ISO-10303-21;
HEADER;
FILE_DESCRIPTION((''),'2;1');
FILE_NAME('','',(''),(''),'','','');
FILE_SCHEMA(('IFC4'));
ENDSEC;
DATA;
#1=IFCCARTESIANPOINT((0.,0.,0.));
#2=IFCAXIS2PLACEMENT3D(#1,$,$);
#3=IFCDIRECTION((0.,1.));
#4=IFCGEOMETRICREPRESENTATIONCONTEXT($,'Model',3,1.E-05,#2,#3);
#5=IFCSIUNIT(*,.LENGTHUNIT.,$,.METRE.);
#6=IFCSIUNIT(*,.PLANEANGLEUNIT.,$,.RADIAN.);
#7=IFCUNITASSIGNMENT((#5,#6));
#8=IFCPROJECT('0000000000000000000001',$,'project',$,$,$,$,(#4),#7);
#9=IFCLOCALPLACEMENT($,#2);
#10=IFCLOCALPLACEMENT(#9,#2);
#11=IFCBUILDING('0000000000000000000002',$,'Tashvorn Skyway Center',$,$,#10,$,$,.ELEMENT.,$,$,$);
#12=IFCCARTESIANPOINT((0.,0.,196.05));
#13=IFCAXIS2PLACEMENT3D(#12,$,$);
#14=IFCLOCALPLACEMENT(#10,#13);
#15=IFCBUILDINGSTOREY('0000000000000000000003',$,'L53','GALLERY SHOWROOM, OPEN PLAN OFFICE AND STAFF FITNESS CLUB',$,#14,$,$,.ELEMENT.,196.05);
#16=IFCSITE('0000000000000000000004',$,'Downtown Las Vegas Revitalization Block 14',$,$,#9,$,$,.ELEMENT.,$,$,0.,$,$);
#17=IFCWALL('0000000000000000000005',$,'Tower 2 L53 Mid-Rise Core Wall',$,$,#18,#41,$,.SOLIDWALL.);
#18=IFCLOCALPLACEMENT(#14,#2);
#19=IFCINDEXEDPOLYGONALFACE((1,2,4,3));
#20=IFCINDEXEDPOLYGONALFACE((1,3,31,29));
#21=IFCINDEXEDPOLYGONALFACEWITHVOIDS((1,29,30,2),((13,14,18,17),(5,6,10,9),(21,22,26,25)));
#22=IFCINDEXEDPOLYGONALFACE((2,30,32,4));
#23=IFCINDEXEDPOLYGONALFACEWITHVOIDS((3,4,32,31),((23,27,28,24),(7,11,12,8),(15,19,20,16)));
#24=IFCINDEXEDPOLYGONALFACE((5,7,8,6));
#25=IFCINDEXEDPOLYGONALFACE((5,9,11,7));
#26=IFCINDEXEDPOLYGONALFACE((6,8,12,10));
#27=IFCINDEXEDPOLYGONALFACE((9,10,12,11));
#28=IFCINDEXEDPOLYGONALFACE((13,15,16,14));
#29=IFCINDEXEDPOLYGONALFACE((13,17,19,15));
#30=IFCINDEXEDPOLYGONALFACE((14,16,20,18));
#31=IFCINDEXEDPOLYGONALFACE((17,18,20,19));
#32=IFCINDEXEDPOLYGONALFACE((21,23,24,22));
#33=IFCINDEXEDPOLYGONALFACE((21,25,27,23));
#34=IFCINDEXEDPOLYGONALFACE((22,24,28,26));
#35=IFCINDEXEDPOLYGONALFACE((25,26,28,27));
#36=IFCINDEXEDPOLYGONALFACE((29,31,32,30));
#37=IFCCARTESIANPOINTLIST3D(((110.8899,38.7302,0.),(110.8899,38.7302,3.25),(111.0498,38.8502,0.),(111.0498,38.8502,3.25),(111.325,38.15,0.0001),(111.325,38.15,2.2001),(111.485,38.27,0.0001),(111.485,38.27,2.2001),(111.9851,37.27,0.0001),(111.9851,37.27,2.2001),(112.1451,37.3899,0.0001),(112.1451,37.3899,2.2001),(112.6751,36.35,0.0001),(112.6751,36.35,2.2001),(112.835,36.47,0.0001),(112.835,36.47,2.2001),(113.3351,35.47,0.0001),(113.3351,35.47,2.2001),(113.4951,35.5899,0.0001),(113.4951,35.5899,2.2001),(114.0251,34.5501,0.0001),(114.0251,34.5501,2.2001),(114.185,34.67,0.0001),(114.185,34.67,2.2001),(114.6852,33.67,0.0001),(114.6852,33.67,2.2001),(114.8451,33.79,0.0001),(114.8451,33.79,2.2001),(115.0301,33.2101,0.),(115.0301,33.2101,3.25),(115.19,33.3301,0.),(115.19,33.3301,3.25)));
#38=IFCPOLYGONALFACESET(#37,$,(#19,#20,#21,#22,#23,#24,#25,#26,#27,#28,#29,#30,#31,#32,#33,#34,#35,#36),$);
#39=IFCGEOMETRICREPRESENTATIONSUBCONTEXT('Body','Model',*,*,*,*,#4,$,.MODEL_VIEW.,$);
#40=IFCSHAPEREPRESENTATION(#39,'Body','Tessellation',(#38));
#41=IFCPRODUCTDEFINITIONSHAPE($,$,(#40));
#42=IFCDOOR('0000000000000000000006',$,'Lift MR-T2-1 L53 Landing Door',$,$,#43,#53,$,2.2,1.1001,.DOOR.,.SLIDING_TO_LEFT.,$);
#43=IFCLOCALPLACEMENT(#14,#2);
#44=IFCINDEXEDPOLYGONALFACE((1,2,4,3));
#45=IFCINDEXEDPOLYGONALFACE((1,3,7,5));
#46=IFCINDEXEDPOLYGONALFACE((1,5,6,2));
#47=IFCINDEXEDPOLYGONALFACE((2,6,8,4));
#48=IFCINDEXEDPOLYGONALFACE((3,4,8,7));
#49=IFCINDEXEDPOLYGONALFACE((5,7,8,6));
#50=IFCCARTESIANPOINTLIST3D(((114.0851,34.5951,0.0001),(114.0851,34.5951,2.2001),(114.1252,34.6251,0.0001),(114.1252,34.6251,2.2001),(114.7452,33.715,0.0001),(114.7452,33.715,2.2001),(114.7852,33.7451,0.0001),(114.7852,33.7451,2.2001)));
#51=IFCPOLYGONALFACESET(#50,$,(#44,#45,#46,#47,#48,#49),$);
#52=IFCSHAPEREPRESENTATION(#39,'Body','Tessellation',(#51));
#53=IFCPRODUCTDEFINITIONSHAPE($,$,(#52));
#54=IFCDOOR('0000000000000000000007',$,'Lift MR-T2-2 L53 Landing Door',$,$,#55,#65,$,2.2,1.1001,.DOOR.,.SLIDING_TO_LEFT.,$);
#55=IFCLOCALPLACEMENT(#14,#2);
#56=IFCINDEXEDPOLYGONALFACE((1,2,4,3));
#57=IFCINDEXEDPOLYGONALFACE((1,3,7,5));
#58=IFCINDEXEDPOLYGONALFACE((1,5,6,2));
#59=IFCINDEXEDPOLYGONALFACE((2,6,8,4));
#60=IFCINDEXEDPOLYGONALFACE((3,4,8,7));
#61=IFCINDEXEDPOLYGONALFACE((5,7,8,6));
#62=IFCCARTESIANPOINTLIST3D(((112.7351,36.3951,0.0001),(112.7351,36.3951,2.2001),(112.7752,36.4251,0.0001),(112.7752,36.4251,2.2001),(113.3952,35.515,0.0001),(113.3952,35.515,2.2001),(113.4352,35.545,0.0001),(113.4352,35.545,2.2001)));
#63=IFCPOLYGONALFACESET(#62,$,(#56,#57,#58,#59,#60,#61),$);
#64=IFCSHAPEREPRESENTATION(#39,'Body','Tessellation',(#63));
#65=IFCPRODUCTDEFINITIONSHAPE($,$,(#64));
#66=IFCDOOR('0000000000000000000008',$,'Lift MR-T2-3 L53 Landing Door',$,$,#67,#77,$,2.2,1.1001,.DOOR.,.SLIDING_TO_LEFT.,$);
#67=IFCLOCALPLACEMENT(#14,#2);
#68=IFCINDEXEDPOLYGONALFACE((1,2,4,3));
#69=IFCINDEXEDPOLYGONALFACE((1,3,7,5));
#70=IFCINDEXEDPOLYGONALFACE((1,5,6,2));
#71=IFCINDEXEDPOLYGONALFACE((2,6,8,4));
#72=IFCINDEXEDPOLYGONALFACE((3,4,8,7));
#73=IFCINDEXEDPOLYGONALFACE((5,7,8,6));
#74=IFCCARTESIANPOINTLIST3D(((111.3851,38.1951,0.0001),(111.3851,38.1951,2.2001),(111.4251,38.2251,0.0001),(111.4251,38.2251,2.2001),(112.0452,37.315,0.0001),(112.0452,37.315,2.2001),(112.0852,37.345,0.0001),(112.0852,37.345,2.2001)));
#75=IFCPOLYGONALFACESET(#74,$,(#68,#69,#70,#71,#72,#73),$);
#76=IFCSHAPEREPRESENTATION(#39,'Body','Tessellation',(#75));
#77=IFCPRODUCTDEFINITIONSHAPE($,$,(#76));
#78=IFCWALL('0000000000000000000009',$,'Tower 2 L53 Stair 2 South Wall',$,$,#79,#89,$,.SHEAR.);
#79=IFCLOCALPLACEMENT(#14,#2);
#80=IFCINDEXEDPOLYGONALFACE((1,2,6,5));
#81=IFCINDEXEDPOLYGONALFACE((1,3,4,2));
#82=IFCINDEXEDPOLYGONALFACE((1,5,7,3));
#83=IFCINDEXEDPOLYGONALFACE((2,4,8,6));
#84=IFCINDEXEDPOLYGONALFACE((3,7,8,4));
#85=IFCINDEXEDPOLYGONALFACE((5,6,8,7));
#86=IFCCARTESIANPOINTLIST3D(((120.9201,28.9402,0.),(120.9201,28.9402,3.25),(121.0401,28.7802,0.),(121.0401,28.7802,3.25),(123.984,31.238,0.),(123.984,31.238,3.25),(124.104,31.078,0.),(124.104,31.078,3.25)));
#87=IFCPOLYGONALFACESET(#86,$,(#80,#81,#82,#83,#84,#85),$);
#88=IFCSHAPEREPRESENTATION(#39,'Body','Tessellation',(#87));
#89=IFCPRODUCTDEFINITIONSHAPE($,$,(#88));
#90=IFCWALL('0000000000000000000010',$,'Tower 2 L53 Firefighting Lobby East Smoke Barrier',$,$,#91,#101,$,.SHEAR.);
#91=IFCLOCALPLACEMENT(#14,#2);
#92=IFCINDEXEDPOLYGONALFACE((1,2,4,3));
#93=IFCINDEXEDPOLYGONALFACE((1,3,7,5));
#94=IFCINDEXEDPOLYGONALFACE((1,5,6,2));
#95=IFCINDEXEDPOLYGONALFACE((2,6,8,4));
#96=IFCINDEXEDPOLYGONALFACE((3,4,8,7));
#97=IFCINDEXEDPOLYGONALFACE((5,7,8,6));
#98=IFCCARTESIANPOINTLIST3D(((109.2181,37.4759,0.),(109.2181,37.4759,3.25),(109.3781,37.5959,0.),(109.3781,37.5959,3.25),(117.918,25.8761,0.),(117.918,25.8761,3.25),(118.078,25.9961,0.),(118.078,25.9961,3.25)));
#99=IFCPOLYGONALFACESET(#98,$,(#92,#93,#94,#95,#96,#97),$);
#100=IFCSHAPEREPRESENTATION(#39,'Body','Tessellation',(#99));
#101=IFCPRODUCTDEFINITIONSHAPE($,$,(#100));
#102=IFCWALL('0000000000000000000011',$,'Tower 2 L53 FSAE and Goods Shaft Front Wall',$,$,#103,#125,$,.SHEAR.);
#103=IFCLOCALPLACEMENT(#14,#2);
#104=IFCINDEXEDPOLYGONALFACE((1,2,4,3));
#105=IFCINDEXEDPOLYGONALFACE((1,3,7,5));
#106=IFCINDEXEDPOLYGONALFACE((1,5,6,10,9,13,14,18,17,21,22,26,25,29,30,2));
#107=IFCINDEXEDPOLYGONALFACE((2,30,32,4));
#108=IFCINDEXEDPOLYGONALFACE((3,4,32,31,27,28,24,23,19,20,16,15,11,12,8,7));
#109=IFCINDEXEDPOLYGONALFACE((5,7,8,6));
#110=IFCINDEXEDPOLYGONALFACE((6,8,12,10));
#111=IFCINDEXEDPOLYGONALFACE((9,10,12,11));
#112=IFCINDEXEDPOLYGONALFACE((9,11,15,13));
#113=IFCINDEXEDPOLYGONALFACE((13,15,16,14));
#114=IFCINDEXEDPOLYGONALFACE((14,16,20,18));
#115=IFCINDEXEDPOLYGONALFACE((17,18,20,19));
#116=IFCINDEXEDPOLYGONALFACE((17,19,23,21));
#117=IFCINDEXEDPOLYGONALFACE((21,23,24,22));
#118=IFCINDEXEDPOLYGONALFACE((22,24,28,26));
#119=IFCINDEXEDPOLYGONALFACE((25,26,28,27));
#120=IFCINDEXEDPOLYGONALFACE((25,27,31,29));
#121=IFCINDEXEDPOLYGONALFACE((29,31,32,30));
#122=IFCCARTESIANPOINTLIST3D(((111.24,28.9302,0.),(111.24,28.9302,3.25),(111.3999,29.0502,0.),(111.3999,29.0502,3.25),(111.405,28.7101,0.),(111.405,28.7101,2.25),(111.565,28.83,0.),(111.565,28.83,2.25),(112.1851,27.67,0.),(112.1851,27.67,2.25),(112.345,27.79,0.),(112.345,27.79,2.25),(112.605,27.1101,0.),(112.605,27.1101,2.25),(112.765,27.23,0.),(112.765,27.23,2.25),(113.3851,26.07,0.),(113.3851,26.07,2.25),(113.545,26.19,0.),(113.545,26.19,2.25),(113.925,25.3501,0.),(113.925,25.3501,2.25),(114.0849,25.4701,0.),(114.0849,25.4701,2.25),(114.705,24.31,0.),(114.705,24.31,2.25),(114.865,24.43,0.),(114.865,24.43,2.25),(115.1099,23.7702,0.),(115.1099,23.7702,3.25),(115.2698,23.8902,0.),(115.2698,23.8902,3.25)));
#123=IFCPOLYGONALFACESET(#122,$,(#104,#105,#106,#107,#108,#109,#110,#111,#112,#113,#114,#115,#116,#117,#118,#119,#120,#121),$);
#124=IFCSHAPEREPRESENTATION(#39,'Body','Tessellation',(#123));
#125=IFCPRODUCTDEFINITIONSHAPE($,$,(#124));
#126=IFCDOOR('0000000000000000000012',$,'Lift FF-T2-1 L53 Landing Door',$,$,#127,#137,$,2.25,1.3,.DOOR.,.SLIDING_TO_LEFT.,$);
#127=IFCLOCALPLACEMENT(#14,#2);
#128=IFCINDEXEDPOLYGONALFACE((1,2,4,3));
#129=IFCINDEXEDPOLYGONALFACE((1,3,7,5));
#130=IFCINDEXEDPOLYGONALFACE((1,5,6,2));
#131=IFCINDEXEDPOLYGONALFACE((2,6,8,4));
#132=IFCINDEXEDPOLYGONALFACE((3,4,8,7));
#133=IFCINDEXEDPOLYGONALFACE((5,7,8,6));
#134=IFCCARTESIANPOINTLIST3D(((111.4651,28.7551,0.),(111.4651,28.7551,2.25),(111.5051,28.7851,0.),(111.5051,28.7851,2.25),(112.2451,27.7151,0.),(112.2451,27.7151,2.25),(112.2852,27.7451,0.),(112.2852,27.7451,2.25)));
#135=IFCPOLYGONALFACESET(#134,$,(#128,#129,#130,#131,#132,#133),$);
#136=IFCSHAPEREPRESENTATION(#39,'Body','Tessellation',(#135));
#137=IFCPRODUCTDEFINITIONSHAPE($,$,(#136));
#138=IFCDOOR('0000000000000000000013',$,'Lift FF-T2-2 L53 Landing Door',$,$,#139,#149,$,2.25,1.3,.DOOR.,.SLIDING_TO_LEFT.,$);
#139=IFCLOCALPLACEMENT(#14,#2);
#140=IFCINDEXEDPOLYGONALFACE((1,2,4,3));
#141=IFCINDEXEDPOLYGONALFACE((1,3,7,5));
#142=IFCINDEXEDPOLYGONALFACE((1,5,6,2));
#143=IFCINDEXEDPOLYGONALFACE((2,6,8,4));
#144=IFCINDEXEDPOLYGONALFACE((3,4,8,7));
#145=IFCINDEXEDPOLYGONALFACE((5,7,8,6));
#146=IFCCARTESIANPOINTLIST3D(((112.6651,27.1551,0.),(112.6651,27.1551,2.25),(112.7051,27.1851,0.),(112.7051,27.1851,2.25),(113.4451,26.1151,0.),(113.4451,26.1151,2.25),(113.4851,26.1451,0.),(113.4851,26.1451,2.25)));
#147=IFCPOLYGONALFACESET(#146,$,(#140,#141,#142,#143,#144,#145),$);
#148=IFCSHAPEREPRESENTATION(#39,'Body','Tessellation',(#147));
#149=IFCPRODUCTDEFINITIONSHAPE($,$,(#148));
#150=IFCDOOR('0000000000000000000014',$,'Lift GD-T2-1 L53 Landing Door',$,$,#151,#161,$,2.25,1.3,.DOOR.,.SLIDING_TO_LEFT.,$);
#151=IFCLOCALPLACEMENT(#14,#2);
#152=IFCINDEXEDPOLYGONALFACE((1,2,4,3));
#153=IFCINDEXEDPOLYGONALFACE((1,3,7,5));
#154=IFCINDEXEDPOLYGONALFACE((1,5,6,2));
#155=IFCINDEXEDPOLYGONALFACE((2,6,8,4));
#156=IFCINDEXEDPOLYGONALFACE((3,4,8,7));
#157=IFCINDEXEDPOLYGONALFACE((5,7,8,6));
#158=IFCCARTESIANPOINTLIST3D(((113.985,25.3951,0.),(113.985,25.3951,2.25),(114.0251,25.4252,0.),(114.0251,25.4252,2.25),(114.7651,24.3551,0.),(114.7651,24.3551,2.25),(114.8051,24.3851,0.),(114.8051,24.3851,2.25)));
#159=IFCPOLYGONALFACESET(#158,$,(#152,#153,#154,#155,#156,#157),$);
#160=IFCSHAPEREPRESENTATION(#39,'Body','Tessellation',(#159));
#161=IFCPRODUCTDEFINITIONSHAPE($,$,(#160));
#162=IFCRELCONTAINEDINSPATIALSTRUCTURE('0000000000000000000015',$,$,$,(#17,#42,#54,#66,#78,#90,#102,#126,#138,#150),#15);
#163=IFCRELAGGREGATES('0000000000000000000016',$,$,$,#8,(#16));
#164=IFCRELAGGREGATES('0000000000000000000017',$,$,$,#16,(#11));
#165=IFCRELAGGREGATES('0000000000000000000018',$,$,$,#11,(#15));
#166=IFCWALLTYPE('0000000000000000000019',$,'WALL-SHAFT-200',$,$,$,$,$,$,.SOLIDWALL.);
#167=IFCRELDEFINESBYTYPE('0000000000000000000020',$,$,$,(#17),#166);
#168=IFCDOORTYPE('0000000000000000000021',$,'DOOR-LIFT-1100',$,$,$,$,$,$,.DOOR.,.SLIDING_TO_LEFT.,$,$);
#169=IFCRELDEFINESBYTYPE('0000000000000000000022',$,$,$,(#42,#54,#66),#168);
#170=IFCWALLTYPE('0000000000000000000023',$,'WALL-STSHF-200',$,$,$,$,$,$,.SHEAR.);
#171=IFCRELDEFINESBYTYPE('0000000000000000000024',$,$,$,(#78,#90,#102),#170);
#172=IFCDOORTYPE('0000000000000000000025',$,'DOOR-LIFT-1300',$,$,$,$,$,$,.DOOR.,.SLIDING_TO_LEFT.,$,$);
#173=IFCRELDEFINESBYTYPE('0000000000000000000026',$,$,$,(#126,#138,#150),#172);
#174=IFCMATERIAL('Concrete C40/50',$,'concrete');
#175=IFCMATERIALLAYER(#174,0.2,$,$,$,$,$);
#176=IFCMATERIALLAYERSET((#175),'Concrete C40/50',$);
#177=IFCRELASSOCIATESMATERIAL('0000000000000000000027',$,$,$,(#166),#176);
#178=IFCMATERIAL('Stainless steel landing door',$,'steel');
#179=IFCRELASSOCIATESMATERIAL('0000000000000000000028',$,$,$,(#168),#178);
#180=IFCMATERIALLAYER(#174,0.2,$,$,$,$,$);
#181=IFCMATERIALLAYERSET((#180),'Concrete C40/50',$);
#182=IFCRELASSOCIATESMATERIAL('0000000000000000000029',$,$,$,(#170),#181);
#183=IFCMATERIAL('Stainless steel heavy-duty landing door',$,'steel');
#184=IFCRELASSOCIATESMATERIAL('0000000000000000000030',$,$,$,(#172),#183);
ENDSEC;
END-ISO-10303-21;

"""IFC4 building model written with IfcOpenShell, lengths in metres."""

from ifc_helpers import new_model, si_unit, direction, frame, frame_2d, origin, place, context, subcontext, project, spatial, rectangle, extrude, material, layer, layer_set, type_object, element, fill, save


model = new_model("IFC4")

# Units and contexts
model_context = context("Model", 3, precision=1e-05, world=origin(), true_north=direction((0.0, 1.0)))
body_context = subcontext(model_context, "Body", "Model", "MODEL_VIEW")
ifc_project = project(units=[si_unit("LENGTHUNIT", "METRE"), si_unit("PLANEANGLEUNIT", "RADIAN")], contexts=[model_context])

# Site, building, storey
site_placement = place(None, origin())
site = spatial("IfcSite", under=ifc_project, at=site_placement, Name="Downtown Las Vegas Revitalization Block 14", CompositionType="ELEMENT", RefElevation=0.0)
building_placement = place(site_placement, origin())
building = spatial("IfcBuilding", under=site, at=building_placement, Name="Tashvorn Skyway Center", CompositionType="ELEMENT")
storey_placement = place(building_placement, frame((0.0, 0.0, 196.05)))
storey = spatial("IfcBuildingStorey", under=building, at=storey_placement, Name="L53", Description="GALLERY SHOWROOM, OPEN PLAN OFFICE AND STAFF FITNESS CLUB", CompositionType="ELEMENT", Elevation=196.05)

# Shared definitions
ifc_material_1 = material(Name="Concrete C40/50", Category="concrete")

# Wall, openings, doors
ifc_layer_1 = layer(ifc_material_1, 0.2)
ifc_layer_set_1 = layer_set([ifc_layer_1], Name="Concrete C40/50")
wall_type_1 = type_object("IfcWallType", Name="WALL-SHAFT-200", PredefinedType="SOLIDWALL", material=ifc_layer_set_1)
wall_1_placement = place(storey_placement, frame((115.1101, 33.27, 0.0), z_axis=(0.0, 0.0, 1.0), x_axis=(-0.600011, 0.799992, 0.0)))
wall_1 = element("IfcWall", 1, at=wall_1_placement, inside=storey, type_object=wall_type_1, Name="Tower 2 L53 Mid-Rise Core Wall", PredefinedType="SOLIDWALL", context=body_context, shape_type="SweptSolid", body=[
    extrude(rectangle(XDim=6.9001, YDim=0.2, at=frame_2d((3.4502, 0.0))), origin(), (0.0, 0.0, 1.0), 3.25),
])
opening_1_placement = place(wall_1_placement, frame((0.575, 0.0, 0.0)))
opening_1 = element("IfcOpeningElement", 2, at=opening_1_placement, cuts=wall_1, PredefinedType="OPENING", context=body_context, shape_type="SweptSolid", body=[
    extrude(rectangle(XDim=1.1001, YDim=2.2, at=frame_2d((0.55, 1.1001))), frame((0.0, 0.1099, 0.0), z_axis=(0.0, -1.0, 0.0), x_axis=(1.0, 0.0, 0.0)), (0.0, 0.0, 1.0), 0.22),
])
opening_2_placement = place(wall_1_placement, frame((2.825, 0.0, 0.0)))
opening_2 = element("IfcOpeningElement", 3, at=opening_2_placement, cuts=wall_1, PredefinedType="OPENING", context=body_context, shape_type="SweptSolid", body=[
    extrude(rectangle(XDim=1.1001, YDim=2.2, at=frame_2d((0.55, 1.1001))), frame((0.0, 0.1099, 0.0), z_axis=(0.0, -1.0, 0.0), x_axis=(1.0, 0.0, 0.0)), (0.0, 0.0, 1.0), 0.22),
])
opening_3_placement = place(wall_1_placement, frame((5.075, 0.0, 0.0)))
opening_3 = element("IfcOpeningElement", 4, at=opening_3_placement, cuts=wall_1, PredefinedType="OPENING", context=body_context, shape_type="SweptSolid", body=[
    extrude(rectangle(XDim=1.1001, YDim=2.2, at=frame_2d((0.55, 1.1001))), frame((0.0, 0.1099, 0.0), z_axis=(0.0, -1.0, 0.0), x_axis=(1.0, 0.0, 0.0)), (0.0, 0.0, 1.0), 0.22),
])
ifc_material_2 = material(Name="Stainless steel landing door", Category="steel")
door_type_1 = type_object("IfcDoorType", Name="DOOR-LIFT-1100", OperationType="SLIDING_TO_LEFT", PredefinedType="DOOR", material=ifc_material_2)
door_1_placement = place(opening_1_placement, origin())
door_1 = element("IfcDoor", 5, at=door_1_placement, inside=storey, type_object=door_type_1, Name="Lift MR-T2-1 L53 Landing Door", OperationType="SLIDING_TO_LEFT", OverallHeight=2.2, OverallWidth=1.1001, PredefinedType="DOOR", context=body_context, shape_type="SweptSolid", body=[
    extrude(rectangle(XDim=1.1001, YDim=2.2, at=frame_2d((0.55, 1.1001))), frame((0.0, 0.0249, 0.0), z_axis=(0.0, -1.0, 0.0), x_axis=(1.0, 0.0, 0.0)), (0.0, 0.0, 1.0), 0.05),
])
fill(opening_1, door_1)
door_2_placement = place(opening_2_placement, origin())
door_2 = element("IfcDoor", 6, at=door_2_placement, inside=storey, type_object=door_type_1, Name="Lift MR-T2-2 L53 Landing Door", OperationType="SLIDING_TO_LEFT", OverallHeight=2.2, OverallWidth=1.1001, PredefinedType="DOOR", context=body_context, shape_type="SweptSolid", body=[
    extrude(rectangle(XDim=1.1001, YDim=2.2, at=frame_2d((0.55, 1.1001))), frame((0.0, 0.0249, 0.0), z_axis=(0.0, -1.0, 0.0), x_axis=(1.0, 0.0, 0.0)), (0.0, 0.0, 1.0), 0.05),
])
fill(opening_2, door_2)
door_3_placement = place(opening_3_placement, origin())
door_3 = element("IfcDoor", 7, at=door_3_placement, inside=storey, type_object=door_type_1, Name="Lift MR-T2-3 L53 Landing Door", OperationType="SLIDING_TO_LEFT", OverallHeight=2.2, OverallWidth=1.1001, PredefinedType="DOOR", context=body_context, shape_type="SweptSolid", body=[
    extrude(rectangle(XDim=1.1001, YDim=2.2, at=frame_2d((0.55, 1.1001))), frame((0.0, 0.0249, 0.0), z_axis=(0.0, -1.0, 0.0), x_axis=(1.0, 0.0, 0.0)), (0.0, 0.0, 1.0), 0.05),
])
fill(opening_3, door_3)

# Walls
ifc_layer_2 = layer(ifc_material_1, 0.2)
ifc_layer_set_2 = layer_set([ifc_layer_2], Name="Concrete C40/50")
wall_type_2 = type_object("IfcWallType", Name="WALL-STSHF-200", PredefinedType="SHEAR", material=ifc_layer_set_2)
wall_2_placement = place(storey_placement, frame((120.98, 28.8601, 0.0), z_axis=(0.0, 0.0, 1.0), x_axis=(0.800015, 0.59998, 0.0)))
element("IfcWall", 8, at=wall_2_placement, inside=storey, type_object=wall_type_2, Name="Tower 2 L53 Stair 2 South Wall", PredefinedType="SHEAR", context=body_context, shape_type="SweptSolid", body=[
    extrude(rectangle(XDim=3.8298, YDim=0.2, at=frame_2d((1.915, 0.0))), origin(), (0.0, 0.0, 1.0), 3.25),
])
wall_3_placement = place(storey_placement, frame((117.998, 25.936, 0.0), z_axis=(0.0, 0.0, 1.0), x_axis=(-0.600003, 0.799998, 0.0)))
element("IfcWall", 9, at=wall_3_placement, inside=storey, type_object=wall_type_2, Name="Tower 2 L53 Firefighting Lobby East Smoke Barrier", PredefinedType="SHEAR", context=body_context, shape_type="SweptSolid", body=[
    extrude(rectangle(XDim=14.4998, YDim=0.2, at=frame_2d((7.25, 0.0))), origin(), (0.0, 0.0, 1.0), 3.25),
])

# Wall, openings, doors
wall_4_placement = place(storey_placement, frame((115.1899, 23.8301, 0.0), z_axis=(0.0, 0.0, 1.0), x_axis=(-0.599994, 0.800005, 0.0)))
wall_4 = element("IfcWall", 10, at=wall_4_placement, inside=storey, type_object=wall_type_2, Name="Tower 2 L53 FSAE and Goods Shaft Front Wall", PredefinedType="SHEAR", context=body_context, shape_type="SweptSolid", body=[
    extrude(rectangle(XDim=6.45, YDim=0.2, at=frame_2d((3.2251, 0.0))), origin(), (0.0, 0.0, 1.0), 3.25),
])
opening_4_placement = place(wall_4_placement, frame((4.875, 0.0, 0.0)))
opening_4 = element("IfcOpeningElement", 11, at=opening_4_placement, cuts=wall_4, PredefinedType="OPENING", context=body_context, shape_type="SweptSolid", body=[
    extrude(rectangle(XDim=1.3, YDim=2.25, at=frame_2d((0.6499, 1.125))), frame((0.0, 0.1099, 0.0), z_axis=(0.0, -1.0, 0.0), x_axis=(1.0, 0.0, 0.0)), (0.0, 0.0, 1.0), 0.22),
])
opening_5_placement = place(wall_4_placement, frame((2.875, 0.0, 0.0)))
opening_5 = element("IfcOpeningElement", 12, at=opening_5_placement, cuts=wall_4, PredefinedType="OPENING", context=body_context, shape_type="SweptSolid", body=[
    extrude(rectangle(XDim=1.3, YDim=2.25, at=frame_2d((0.6499, 1.125))), frame((0.0, 0.1099, 0.0), z_axis=(0.0, -1.0, 0.0), x_axis=(1.0, 0.0, 0.0)), (0.0, 0.0, 1.0), 0.22),
])
opening_6_placement = place(wall_4_placement, frame((0.675, 0.0, 0.0)))
opening_6 = element("IfcOpeningElement", 13, at=opening_6_placement, cuts=wall_4, PredefinedType="OPENING", context=body_context, shape_type="SweptSolid", body=[
    extrude(rectangle(XDim=1.3, YDim=2.25, at=frame_2d((0.6499, 1.125))), frame((0.0, 0.1099, 0.0), z_axis=(0.0, -1.0, 0.0), x_axis=(1.0, 0.0, 0.0)), (0.0, 0.0, 1.0), 0.22),
])
ifc_material_3 = material(Name="Stainless steel heavy-duty landing door", Category="steel")
door_type_2 = type_object("IfcDoorType", Name="DOOR-LIFT-1300", OperationType="SLIDING_TO_LEFT", PredefinedType="DOOR", material=ifc_material_3)
door_4_placement = place(opening_4_placement, origin())
door_4 = element("IfcDoor", 14, at=door_4_placement, inside=storey, type_object=door_type_2, Name="Lift FF-T2-1 L53 Landing Door", OperationType="SLIDING_TO_LEFT", OverallHeight=2.25, OverallWidth=1.3, PredefinedType="DOOR", context=body_context, shape_type="SweptSolid", body=[
    extrude(rectangle(XDim=1.3, YDim=2.25, at=frame_2d((0.6499, 1.125))), frame((0.0, 0.0249, 0.0), z_axis=(0.0, -1.0, 0.0), x_axis=(1.0, 0.0, 0.0)), (0.0, 0.0, 1.0), 0.05),
])
fill(opening_4, door_4)
door_5_placement = place(opening_5_placement, origin())
door_5 = element("IfcDoor", 15, at=door_5_placement, inside=storey, type_object=door_type_2, Name="Lift FF-T2-2 L53 Landing Door", OperationType="SLIDING_TO_LEFT", OverallHeight=2.25, OverallWidth=1.3, PredefinedType="DOOR", context=body_context, shape_type="SweptSolid", body=[
    extrude(rectangle(XDim=1.3, YDim=2.25, at=frame_2d((0.6499, 1.125))), frame((0.0, 0.0249, 0.0), z_axis=(0.0, -1.0, 0.0), x_axis=(1.0, 0.0, 0.0)), (0.0, 0.0, 1.0), 0.05),
])
fill(opening_5, door_5)
door_6_placement = place(opening_6_placement, origin())
door_6 = element("IfcDoor", 16, at=door_6_placement, inside=storey, type_object=door_type_2, Name="Lift GD-T2-1 L53 Landing Door", OperationType="SLIDING_TO_LEFT", OverallHeight=2.25, OverallWidth=1.3, PredefinedType="DOOR", context=body_context, shape_type="SweptSolid", body=[
    extrude(rectangle(XDim=1.3, YDim=2.25, at=frame_2d((0.6499, 1.125))), frame((0.0, 0.0249, 0.0), z_axis=(0.0, -1.0, 0.0), x_axis=(1.0, 0.0, 0.0)), (0.0, 0.0, 1.0), 0.05),
])
fill(opening_6, door_6)

save(model, "model.ifc")
